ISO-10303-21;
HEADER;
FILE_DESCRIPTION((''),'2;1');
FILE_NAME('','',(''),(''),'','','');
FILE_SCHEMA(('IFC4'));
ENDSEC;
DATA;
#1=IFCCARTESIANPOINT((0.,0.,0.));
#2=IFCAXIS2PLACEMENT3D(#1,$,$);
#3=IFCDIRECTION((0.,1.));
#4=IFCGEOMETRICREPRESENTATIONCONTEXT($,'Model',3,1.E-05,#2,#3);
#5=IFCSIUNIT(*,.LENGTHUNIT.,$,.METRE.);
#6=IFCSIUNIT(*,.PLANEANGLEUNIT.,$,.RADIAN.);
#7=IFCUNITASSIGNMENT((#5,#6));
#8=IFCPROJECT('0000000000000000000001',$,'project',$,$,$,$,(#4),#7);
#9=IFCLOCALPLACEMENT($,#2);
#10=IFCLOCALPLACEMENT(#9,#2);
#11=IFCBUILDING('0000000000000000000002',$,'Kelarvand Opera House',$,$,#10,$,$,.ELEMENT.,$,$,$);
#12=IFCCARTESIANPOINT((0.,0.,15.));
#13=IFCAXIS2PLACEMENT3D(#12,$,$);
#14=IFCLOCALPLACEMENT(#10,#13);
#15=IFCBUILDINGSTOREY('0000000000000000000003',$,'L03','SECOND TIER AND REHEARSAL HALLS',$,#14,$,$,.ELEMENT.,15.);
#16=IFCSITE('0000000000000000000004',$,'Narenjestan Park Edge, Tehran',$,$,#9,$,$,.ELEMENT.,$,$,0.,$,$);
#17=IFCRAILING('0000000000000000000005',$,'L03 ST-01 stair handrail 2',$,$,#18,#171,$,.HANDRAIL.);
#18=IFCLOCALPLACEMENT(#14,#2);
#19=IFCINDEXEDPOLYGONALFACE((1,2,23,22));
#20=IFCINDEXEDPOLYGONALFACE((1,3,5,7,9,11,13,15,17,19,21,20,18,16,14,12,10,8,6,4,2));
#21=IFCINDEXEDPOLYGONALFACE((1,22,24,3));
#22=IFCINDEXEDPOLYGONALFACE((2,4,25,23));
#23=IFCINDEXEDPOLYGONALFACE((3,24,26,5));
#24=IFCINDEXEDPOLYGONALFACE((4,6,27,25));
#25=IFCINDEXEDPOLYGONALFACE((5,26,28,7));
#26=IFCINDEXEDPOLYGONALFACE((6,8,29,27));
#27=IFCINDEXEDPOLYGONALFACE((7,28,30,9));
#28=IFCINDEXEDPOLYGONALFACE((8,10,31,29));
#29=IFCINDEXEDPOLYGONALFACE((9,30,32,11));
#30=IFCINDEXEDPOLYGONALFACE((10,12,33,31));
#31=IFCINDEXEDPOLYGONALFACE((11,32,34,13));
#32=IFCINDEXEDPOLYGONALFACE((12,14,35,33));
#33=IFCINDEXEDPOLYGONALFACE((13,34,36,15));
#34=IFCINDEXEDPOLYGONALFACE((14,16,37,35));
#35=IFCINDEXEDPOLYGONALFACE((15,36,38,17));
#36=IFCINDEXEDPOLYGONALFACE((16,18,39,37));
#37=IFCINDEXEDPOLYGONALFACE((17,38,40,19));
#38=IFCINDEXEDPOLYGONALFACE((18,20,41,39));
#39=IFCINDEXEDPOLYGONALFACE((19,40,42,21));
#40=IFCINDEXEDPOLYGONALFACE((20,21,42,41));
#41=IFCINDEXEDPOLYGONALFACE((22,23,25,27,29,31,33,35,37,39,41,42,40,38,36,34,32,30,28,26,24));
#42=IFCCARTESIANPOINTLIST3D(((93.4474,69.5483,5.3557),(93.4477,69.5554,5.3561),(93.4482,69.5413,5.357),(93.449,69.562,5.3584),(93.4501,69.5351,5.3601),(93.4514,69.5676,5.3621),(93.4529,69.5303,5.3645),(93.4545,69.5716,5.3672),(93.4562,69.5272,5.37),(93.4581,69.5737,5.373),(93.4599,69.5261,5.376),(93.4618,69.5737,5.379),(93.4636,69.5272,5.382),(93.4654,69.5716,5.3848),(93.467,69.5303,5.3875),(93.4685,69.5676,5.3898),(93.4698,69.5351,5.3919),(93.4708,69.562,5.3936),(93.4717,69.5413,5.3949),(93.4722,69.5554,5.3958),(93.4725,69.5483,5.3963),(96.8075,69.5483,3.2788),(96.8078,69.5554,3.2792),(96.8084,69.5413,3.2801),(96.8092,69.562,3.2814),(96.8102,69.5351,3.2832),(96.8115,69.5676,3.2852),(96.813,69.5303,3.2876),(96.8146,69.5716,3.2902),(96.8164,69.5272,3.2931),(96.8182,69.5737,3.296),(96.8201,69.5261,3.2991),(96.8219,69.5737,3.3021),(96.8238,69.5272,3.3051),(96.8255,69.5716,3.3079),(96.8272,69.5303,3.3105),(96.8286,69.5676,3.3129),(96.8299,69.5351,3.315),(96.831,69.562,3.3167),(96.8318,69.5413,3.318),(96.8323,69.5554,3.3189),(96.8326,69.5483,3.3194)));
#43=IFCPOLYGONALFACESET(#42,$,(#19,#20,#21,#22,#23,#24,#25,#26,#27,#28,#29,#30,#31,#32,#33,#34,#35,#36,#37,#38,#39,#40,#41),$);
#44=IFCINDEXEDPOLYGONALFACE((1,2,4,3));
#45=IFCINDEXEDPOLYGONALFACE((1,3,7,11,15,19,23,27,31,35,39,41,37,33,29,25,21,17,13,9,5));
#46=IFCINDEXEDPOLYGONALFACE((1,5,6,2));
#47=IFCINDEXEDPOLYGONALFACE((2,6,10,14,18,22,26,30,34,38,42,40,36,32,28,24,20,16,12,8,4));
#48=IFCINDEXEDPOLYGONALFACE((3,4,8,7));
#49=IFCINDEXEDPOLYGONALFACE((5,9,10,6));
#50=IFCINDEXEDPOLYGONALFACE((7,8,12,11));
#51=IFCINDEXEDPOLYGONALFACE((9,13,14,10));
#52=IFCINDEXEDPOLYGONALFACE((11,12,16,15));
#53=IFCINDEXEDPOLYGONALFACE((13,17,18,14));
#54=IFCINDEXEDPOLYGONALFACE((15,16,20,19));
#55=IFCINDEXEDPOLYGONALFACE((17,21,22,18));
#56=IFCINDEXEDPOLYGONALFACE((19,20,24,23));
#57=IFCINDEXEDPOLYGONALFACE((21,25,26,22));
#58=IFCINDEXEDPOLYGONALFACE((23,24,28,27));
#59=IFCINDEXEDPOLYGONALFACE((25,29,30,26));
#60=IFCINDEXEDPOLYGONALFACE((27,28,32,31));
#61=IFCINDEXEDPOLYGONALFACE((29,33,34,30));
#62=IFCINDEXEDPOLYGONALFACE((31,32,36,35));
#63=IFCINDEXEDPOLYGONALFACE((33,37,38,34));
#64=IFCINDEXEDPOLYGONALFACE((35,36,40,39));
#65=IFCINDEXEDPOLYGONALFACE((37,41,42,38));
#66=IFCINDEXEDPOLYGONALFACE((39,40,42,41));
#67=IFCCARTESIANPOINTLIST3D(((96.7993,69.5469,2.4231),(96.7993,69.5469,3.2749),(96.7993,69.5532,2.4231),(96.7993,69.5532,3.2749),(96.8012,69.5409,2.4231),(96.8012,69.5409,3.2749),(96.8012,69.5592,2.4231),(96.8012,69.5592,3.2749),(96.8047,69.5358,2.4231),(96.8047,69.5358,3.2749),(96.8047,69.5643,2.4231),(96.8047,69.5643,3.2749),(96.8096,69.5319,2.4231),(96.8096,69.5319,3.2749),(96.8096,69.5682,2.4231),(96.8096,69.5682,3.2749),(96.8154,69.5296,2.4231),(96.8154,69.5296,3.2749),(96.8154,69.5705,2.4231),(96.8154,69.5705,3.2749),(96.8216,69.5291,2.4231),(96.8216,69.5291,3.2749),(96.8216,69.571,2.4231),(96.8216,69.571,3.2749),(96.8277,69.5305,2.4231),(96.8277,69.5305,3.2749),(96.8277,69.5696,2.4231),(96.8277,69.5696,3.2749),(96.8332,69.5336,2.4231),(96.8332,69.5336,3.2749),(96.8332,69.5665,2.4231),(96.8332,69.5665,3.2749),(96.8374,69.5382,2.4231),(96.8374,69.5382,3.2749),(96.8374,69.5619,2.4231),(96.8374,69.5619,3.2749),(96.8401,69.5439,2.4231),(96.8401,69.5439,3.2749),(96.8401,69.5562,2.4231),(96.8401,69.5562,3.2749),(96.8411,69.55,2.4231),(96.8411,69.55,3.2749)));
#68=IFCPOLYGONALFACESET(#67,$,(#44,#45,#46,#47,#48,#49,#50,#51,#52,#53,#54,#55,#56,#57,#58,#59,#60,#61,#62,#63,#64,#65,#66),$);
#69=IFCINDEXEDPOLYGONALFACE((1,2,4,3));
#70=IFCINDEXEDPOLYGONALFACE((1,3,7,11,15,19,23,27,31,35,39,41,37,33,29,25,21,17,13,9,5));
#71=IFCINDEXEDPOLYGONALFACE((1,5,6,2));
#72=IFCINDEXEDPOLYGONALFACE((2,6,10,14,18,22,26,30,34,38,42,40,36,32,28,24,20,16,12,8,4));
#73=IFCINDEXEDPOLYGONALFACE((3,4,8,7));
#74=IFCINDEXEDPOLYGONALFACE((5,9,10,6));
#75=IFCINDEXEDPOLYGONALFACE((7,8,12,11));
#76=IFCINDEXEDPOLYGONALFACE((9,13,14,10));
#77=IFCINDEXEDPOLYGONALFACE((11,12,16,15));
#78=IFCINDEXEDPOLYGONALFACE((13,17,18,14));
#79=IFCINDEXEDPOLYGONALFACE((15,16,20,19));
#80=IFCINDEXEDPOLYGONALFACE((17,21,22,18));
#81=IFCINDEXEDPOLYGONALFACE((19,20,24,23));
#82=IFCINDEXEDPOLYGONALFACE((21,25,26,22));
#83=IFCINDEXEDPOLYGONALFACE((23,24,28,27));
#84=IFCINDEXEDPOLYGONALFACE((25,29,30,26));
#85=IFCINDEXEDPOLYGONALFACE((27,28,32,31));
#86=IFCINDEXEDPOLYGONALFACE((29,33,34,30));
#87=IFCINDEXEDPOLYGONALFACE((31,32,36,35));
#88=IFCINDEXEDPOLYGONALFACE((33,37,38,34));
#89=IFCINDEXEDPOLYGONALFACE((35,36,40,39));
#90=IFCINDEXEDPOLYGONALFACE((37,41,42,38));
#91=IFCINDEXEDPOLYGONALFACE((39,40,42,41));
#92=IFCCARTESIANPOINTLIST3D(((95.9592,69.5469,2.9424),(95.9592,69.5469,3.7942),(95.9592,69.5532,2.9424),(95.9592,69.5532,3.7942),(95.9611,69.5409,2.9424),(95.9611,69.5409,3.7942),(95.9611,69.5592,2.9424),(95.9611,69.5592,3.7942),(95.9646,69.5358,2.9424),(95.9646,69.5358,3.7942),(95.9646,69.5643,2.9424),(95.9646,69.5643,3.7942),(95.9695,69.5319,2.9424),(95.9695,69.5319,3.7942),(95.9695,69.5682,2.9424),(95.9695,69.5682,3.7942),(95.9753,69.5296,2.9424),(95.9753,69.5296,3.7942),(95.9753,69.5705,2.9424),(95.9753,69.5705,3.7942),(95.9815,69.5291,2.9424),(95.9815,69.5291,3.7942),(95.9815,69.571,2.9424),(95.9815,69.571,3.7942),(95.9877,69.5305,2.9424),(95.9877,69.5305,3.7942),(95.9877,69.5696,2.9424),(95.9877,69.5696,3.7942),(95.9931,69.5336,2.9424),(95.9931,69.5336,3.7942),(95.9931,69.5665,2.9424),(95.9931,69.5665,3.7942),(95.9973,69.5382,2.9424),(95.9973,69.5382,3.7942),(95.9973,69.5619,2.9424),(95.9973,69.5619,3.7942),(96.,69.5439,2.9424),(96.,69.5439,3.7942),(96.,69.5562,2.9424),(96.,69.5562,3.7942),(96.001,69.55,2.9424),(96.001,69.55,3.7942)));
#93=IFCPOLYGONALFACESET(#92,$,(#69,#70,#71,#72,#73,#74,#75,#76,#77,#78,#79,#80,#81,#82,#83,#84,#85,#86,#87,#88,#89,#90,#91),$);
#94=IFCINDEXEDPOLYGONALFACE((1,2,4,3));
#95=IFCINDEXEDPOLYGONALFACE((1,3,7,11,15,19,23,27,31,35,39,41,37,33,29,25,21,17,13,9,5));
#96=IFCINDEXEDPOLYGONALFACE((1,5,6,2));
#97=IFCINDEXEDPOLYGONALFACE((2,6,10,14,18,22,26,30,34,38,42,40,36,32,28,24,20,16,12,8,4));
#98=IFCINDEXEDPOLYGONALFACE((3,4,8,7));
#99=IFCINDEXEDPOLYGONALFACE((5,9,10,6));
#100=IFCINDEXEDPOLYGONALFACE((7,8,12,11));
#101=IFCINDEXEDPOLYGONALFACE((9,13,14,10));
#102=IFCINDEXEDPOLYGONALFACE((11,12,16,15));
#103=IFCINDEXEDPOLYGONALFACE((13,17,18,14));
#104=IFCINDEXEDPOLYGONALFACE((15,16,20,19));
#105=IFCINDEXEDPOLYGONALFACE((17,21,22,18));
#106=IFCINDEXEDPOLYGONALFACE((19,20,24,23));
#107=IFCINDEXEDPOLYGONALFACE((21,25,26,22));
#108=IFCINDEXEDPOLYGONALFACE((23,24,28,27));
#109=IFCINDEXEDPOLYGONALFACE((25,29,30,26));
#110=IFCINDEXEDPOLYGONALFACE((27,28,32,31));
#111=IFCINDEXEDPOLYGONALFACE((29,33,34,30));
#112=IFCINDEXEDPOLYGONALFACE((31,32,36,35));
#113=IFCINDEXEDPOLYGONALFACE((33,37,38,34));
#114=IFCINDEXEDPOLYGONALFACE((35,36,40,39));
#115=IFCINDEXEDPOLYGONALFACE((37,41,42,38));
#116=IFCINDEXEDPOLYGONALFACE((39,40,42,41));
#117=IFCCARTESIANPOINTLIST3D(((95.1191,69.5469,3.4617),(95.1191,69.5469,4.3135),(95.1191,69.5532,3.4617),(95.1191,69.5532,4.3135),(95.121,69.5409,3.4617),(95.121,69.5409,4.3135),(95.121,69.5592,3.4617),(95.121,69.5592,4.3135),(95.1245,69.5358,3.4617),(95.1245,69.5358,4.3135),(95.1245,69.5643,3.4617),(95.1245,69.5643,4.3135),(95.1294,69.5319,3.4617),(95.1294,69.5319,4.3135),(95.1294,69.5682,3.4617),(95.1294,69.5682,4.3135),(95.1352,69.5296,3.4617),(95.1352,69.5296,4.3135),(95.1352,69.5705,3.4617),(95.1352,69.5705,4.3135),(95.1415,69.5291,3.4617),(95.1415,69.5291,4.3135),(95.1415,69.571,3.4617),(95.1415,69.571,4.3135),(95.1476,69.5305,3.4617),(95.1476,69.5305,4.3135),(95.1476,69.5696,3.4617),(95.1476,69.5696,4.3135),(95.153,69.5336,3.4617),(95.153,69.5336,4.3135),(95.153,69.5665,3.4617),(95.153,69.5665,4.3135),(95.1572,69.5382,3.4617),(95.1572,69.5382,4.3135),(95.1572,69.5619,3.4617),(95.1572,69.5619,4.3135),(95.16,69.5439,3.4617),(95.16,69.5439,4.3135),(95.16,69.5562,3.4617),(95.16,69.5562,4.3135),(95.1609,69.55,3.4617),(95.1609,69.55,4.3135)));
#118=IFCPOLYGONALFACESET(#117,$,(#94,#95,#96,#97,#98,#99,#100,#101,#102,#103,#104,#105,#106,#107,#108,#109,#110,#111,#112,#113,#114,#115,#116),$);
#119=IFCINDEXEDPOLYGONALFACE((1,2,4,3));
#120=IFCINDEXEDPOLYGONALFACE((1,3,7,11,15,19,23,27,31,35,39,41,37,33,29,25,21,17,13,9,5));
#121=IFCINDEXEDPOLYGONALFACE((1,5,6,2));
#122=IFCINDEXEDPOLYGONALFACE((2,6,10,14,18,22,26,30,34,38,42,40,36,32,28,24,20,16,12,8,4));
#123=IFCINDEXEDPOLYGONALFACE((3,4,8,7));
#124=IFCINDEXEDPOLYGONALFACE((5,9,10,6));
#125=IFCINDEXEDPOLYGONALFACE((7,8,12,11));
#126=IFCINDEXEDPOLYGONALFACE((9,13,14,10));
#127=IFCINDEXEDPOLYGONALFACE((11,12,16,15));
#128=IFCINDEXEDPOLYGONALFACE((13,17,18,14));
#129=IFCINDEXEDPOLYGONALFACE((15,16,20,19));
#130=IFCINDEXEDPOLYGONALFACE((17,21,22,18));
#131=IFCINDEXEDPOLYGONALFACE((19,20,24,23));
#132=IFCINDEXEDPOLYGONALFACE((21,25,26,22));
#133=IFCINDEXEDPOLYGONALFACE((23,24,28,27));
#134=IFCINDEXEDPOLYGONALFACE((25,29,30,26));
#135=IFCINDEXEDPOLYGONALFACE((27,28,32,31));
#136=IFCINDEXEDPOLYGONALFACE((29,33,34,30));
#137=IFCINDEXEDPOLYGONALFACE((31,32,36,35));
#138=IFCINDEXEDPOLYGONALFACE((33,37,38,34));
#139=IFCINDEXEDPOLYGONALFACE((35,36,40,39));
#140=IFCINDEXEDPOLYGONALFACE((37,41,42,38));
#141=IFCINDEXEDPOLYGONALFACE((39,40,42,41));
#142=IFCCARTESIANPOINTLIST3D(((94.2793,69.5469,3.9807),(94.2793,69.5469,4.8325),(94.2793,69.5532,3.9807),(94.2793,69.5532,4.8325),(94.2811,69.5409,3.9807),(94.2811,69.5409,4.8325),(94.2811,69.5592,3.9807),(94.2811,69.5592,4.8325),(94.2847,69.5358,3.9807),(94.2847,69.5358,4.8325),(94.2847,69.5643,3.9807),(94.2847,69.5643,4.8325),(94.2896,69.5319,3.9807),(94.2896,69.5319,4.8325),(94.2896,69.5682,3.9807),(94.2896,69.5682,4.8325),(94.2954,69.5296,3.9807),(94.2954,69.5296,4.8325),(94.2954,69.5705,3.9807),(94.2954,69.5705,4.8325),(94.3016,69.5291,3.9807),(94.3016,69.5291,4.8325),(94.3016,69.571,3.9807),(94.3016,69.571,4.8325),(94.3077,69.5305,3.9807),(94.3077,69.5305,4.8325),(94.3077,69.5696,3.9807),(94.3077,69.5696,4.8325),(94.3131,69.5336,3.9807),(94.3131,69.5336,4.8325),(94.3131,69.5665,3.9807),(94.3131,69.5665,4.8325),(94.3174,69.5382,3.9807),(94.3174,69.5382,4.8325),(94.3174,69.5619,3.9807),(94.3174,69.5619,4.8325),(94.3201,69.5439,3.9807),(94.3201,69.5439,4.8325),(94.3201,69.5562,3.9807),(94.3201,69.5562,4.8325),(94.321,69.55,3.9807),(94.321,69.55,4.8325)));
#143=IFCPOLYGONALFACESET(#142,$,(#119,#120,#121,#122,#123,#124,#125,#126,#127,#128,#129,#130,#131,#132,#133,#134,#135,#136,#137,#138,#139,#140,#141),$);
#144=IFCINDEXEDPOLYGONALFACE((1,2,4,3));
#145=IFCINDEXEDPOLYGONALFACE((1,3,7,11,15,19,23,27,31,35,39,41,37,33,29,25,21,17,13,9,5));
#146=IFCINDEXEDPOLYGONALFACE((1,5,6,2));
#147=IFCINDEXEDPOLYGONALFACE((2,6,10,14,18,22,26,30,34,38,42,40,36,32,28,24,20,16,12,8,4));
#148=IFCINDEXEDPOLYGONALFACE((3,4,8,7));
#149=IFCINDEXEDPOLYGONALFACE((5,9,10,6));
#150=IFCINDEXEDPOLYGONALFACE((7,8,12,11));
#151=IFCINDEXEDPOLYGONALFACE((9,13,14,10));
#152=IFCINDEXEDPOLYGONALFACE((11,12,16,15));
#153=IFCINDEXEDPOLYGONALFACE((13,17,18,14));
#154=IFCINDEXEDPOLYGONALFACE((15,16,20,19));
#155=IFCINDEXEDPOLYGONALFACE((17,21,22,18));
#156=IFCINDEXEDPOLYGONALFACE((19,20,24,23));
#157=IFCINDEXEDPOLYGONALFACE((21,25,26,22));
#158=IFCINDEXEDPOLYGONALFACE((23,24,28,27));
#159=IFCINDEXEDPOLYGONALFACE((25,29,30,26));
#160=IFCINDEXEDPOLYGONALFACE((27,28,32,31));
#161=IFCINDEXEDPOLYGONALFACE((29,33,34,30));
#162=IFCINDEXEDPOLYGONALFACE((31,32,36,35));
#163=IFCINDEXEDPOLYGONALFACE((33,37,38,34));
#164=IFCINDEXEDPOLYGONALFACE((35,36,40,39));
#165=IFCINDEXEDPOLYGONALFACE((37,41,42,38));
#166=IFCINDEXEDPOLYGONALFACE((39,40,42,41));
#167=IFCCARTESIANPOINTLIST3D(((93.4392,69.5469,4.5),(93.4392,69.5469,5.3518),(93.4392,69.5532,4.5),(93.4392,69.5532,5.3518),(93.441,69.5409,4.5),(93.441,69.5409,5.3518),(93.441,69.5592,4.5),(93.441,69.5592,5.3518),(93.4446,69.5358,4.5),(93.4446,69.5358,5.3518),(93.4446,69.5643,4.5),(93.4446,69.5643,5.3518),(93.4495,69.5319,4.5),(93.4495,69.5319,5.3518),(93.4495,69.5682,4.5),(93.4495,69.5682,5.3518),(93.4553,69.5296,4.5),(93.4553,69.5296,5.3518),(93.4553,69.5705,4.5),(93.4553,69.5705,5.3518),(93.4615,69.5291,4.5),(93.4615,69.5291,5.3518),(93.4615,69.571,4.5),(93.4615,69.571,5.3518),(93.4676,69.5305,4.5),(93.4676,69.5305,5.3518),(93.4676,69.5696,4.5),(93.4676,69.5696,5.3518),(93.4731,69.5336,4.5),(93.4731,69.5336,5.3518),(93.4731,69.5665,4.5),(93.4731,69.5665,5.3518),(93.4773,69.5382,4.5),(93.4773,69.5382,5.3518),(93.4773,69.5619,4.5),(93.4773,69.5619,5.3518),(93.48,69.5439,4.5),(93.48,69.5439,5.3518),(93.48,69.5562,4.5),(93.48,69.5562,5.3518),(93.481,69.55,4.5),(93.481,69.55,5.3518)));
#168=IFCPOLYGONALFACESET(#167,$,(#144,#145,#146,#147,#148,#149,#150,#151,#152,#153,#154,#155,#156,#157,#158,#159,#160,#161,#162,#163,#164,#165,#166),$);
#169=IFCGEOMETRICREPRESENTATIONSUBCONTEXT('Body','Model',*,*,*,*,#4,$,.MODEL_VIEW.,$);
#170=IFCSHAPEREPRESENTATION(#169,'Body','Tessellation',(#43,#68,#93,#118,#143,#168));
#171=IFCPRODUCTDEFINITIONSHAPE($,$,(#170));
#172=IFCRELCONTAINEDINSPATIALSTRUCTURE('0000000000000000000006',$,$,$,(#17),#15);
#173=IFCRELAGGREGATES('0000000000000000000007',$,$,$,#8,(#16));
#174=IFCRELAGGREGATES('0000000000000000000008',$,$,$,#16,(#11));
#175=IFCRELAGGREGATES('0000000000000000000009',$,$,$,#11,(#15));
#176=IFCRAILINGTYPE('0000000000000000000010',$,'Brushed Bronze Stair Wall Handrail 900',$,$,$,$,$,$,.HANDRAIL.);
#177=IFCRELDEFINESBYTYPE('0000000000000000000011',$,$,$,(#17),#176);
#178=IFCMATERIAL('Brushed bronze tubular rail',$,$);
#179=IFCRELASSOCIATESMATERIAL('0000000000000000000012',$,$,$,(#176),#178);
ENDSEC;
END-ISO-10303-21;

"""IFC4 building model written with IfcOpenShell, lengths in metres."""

from ifc_helpers import new_model, si_unit, direction, frame, origin, origin_2d, place, context, subcontext, project, spatial, circle, extrude, material, type_object, element, save


model = new_model("IFC4")

# Units and contexts
model_context = context("Model", 3, precision=1e-05, world=origin(), true_north=direction((0.0, 1.0)))
body_context = subcontext(model_context, "Body", "Model", "MODEL_VIEW")
ifc_project = project(units=[si_unit("LENGTHUNIT", "METRE"), si_unit("PLANEANGLEUNIT", "RADIAN")], contexts=[model_context])

# Site, building, storey
site_placement = place(None, origin())
site = spatial("IfcSite", under=ifc_project, at=site_placement, Name="Narenjestan Park Edge, Tehran", CompositionType="ELEMENT", RefElevation=0.0)
building_placement = place(site_placement, origin())
building = spatial("IfcBuilding", under=site, at=building_placement, Name="Kelarvand Opera House", CompositionType="ELEMENT")
storey_placement = place(building_placement, frame((0.0, 0.0, 15.0)))
storey = spatial("IfcBuildingStorey", under=building, at=storey_placement, Name="L03", Description="SECOND TIER AND REHEARSAL HALLS", CompositionType="ELEMENT", Elevation=15.0)

# Railing
ifc_material_1 = material(Name="Brushed bronze tubular rail")
railing_type_1 = type_object("IfcRailingType", Name="Brushed Bronze Stair Wall Handrail 900", PredefinedType="HANDRAIL", material=ifc_material_1)
railing_1_placement = place(storey_placement, frame((96.8201, 69.55, 2.4231)))
element("IfcRailing", 1, at=railing_1_placement, inside=storey, type_object=railing_type_1, Name="L03 ST-01 stair handrail 2", PredefinedType="HANDRAIL", context=body_context, shape_type="SweptSolid", body=[
    extrude(circle(Radius=0.0239, at=origin_2d()), frame((0.0, 0.0, 0.876), z_axis=(-0.850623, 0.0, 0.525776), x_axis=(0.0, -1.0, 0.0)), (0.0, 0.0, 1.0), 3.9502),
    extrude(circle(Radius=0.021, at=origin_2d()), origin(), (0.0, 0.0, 1.0), 0.8518),
    extrude(circle(Radius=0.021, at=origin_2d()), frame((-0.8401, 0.0, 0.5193)), (0.0, 0.0, 1.0), 0.8518),
    extrude(circle(Radius=0.021, at=origin_2d()), frame((-1.6802, 0.0, 1.0386)), (0.0, 0.0, 1.0), 0.8518),
    extrude(circle(Radius=0.021, at=origin_2d()), frame((-2.52, 0.0, 1.5576)), (0.0, 0.0, 1.0), 0.8518),
    extrude(circle(Radius=0.021, at=origin_2d()), frame((-3.3601, 0.0, 2.0769)), (0.0, 0.0, 1.0), 0.8518),
])

save(model, "model.ifc")
